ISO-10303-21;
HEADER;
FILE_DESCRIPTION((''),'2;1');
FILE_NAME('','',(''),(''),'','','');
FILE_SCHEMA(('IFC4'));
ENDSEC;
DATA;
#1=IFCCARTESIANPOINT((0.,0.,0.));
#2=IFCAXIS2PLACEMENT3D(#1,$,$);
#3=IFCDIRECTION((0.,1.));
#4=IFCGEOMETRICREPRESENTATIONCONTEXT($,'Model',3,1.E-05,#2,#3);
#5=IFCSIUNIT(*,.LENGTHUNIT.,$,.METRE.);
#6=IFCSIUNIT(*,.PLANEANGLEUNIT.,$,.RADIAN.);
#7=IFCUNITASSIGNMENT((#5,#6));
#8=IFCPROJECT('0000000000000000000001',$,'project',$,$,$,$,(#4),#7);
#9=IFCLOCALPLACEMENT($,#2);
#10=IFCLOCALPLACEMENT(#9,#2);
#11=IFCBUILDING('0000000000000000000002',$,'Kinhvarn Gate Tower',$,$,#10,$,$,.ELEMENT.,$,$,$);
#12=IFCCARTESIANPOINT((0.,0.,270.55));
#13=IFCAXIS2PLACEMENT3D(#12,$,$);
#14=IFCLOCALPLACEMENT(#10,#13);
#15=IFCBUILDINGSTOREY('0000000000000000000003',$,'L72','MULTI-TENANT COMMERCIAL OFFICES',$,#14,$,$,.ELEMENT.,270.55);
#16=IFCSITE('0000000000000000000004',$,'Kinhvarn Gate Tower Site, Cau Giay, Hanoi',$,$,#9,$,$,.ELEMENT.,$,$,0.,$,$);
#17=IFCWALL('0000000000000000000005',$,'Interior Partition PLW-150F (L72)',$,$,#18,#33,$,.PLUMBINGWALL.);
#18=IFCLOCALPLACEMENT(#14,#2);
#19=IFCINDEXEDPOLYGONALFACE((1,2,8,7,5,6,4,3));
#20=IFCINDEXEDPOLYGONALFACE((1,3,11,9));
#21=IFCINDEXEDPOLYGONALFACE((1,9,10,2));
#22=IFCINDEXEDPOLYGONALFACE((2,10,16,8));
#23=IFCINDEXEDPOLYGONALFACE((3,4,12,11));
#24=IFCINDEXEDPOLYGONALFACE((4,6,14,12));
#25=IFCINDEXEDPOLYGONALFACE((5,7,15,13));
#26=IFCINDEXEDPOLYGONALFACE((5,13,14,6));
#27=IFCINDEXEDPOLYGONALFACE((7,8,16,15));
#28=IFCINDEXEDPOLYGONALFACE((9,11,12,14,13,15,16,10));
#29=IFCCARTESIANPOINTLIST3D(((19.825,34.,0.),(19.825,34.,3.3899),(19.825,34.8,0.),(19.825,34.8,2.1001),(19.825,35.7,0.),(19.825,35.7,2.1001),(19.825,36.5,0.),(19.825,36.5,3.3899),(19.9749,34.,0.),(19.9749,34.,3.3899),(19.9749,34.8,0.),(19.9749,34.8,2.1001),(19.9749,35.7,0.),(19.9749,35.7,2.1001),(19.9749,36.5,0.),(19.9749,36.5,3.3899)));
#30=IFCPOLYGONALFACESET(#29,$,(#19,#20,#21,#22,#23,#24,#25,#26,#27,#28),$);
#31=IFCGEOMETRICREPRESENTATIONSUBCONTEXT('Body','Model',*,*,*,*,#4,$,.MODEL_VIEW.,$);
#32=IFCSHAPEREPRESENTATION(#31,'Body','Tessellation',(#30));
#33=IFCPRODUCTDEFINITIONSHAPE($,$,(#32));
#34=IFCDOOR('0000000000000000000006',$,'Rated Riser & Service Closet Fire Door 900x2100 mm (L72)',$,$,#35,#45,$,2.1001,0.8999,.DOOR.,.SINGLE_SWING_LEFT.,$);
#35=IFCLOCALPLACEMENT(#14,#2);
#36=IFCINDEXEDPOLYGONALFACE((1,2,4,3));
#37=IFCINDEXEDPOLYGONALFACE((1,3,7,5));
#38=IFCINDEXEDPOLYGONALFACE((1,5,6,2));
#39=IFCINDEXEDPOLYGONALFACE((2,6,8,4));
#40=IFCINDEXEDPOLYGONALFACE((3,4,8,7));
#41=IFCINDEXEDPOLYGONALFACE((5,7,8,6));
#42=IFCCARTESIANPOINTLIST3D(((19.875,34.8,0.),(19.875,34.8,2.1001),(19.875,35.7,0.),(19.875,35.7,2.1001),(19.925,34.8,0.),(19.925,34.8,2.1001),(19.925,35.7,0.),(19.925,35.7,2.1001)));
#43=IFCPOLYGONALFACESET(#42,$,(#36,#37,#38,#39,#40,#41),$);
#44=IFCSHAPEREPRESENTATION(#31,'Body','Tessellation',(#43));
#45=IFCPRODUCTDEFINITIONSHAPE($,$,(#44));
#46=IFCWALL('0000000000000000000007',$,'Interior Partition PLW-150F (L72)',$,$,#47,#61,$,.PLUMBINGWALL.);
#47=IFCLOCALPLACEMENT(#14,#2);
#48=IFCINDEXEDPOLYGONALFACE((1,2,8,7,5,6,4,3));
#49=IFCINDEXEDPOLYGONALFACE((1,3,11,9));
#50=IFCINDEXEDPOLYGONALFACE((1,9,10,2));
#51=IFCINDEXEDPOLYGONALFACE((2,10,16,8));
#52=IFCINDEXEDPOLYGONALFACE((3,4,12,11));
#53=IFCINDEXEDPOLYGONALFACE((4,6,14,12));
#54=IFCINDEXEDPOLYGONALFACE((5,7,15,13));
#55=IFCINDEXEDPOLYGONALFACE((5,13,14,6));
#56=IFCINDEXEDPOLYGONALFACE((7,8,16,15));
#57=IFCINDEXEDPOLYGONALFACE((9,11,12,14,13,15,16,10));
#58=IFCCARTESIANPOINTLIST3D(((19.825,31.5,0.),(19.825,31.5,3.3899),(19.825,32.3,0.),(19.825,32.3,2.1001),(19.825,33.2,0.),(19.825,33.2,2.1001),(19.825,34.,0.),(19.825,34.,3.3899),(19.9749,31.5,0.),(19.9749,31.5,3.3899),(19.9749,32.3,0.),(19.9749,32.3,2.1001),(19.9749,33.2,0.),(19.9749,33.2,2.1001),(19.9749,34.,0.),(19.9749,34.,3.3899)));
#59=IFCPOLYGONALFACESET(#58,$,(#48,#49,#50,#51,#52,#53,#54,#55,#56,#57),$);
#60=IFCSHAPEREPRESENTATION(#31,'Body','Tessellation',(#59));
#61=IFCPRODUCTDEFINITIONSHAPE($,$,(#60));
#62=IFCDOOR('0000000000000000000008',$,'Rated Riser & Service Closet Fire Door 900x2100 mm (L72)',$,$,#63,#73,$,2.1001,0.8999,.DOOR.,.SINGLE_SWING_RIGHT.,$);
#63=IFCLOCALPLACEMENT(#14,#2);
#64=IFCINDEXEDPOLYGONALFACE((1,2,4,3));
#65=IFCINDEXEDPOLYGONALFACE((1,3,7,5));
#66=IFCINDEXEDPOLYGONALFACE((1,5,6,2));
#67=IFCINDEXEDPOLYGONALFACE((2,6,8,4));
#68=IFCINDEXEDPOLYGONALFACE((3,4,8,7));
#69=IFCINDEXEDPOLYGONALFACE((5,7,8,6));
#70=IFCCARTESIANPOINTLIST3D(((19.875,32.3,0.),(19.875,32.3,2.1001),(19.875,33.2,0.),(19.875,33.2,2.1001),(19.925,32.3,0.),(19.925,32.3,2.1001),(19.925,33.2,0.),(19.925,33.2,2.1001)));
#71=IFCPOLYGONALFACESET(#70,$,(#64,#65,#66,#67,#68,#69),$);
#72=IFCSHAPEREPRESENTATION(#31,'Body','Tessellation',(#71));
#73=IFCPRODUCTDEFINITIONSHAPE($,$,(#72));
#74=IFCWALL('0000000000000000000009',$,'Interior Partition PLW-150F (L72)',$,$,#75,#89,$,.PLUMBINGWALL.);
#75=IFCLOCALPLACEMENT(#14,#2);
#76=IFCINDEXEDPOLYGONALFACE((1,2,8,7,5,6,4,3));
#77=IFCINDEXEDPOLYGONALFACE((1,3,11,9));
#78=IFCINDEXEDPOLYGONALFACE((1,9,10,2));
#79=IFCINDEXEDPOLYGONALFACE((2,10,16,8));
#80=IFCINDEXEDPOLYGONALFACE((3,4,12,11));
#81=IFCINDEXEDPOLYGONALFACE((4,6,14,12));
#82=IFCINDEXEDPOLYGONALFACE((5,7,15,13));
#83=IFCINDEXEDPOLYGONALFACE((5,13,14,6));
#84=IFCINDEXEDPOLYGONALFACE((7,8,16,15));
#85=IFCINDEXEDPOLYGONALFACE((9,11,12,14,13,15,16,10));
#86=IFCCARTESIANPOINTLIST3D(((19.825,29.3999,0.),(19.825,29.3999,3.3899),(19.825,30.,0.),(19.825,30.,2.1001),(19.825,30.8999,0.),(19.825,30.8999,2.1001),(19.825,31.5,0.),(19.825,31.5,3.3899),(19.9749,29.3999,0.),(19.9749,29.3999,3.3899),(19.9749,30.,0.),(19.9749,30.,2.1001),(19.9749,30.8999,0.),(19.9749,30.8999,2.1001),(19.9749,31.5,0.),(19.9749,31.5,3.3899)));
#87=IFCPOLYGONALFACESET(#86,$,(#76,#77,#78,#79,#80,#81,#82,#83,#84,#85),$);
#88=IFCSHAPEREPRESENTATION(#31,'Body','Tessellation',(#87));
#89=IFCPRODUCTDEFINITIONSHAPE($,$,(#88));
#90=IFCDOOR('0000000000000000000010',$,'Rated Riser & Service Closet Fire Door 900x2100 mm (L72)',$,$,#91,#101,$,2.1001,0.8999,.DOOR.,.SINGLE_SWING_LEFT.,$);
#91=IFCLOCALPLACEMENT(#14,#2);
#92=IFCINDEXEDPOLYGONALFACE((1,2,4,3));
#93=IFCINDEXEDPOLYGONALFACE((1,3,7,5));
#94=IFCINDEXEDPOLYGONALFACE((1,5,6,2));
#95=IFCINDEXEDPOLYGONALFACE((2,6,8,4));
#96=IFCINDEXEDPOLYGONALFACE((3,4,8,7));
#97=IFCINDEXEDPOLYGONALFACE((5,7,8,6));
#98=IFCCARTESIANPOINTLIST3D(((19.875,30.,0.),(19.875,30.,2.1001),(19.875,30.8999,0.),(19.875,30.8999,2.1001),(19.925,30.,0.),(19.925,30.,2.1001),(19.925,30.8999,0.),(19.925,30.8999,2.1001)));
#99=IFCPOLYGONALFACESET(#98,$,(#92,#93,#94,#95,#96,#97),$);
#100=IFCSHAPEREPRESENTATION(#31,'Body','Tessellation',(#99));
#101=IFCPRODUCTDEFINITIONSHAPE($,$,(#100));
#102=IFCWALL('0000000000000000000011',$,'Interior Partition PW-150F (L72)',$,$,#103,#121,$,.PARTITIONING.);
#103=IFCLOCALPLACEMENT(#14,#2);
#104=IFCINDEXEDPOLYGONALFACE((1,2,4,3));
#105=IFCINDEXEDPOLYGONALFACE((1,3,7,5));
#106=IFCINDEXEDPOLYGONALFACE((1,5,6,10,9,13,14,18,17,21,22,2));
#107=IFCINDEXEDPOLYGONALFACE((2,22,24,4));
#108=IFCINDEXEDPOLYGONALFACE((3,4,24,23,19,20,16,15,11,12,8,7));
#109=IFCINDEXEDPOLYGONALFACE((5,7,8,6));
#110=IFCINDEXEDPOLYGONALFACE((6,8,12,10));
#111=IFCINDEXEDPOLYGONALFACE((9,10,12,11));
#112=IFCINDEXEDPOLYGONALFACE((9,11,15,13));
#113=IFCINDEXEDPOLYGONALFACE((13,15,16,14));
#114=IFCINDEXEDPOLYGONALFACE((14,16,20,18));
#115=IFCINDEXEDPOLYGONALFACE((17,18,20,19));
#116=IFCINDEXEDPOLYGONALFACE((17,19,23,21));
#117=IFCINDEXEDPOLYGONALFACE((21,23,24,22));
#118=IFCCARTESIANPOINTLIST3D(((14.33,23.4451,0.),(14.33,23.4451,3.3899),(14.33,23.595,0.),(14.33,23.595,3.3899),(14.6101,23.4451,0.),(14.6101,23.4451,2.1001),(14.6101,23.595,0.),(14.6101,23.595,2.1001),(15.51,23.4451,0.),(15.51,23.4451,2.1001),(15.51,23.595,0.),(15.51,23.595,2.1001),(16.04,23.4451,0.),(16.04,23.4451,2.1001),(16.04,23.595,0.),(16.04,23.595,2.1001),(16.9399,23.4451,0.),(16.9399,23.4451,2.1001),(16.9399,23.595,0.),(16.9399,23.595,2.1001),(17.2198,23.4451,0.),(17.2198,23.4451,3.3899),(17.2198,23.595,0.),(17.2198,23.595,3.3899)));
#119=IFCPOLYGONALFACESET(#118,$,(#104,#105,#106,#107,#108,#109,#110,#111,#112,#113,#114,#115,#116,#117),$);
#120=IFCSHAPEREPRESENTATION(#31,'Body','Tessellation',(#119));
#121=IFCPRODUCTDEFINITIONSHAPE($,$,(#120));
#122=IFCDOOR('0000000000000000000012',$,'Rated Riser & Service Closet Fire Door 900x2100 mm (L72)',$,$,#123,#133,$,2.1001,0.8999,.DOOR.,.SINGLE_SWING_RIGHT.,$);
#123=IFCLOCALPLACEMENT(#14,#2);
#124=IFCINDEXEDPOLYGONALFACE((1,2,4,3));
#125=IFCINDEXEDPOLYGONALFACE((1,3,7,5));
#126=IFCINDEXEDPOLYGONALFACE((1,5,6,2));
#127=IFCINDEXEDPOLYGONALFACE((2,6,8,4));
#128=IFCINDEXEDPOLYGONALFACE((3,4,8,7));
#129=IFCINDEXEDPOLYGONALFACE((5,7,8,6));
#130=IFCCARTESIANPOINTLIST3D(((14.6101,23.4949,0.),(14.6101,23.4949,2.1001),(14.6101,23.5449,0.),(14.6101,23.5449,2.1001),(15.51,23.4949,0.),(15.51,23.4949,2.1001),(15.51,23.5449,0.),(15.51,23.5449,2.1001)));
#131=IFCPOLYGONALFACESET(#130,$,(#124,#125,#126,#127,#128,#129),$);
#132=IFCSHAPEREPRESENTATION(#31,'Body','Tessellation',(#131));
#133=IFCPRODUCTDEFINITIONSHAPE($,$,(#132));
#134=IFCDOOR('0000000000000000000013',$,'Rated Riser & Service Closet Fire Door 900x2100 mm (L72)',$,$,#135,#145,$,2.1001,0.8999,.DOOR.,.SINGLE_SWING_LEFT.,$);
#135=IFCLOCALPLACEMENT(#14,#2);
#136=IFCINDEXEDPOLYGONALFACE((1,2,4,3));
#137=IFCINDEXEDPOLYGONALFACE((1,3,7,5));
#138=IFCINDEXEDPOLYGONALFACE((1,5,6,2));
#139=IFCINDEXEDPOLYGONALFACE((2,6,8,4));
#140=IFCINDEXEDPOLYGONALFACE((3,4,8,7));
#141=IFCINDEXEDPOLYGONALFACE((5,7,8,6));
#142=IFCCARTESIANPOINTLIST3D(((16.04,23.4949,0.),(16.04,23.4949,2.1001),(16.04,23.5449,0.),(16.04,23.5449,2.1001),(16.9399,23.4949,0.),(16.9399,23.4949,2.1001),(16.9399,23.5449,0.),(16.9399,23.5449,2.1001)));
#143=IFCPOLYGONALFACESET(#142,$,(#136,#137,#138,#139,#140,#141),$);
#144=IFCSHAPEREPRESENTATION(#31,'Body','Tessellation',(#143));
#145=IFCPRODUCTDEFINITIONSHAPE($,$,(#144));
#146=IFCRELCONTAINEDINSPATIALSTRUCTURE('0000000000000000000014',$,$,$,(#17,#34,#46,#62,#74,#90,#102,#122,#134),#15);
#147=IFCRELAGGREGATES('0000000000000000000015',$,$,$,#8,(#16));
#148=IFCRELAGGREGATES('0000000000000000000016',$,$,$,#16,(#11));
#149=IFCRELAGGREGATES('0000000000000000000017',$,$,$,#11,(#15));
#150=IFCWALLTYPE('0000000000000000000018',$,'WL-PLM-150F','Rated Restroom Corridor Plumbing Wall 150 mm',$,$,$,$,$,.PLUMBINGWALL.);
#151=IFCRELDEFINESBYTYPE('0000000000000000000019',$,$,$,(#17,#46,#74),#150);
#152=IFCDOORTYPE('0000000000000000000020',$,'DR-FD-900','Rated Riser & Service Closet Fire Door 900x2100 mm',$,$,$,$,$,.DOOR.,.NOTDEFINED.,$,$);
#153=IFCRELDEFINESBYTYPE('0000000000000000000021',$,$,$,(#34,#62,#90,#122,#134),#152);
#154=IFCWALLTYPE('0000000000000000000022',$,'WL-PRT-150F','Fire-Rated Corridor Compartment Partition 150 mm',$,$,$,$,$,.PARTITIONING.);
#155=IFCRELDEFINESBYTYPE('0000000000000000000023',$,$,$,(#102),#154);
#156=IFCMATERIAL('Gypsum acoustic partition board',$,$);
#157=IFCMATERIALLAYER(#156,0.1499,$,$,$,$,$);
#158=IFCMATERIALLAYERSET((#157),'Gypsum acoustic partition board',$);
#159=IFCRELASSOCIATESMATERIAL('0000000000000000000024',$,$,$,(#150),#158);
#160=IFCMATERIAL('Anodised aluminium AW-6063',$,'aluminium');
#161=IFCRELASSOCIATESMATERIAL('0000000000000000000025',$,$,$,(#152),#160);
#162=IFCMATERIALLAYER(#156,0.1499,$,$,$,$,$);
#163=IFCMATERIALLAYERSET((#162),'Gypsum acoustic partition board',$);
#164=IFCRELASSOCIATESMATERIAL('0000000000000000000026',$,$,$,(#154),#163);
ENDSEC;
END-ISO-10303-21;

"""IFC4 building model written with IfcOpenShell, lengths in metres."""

from ifc_helpers import new_model, si_unit, direction, frame, frame_2d, origin, place, context, subcontext, project, spatial, rectangle, extrude, material, layer, layer_set, type_object, element, fill, save


model = new_model("IFC4")

# Units and contexts
model_context = context("Model", 3, precision=1e-05, world=origin(), true_north=direction((0.0, 1.0)))
body_context = subcontext(model_context, "Body", "Model", "MODEL_VIEW")
ifc_project = project(units=[si_unit("LENGTHUNIT", "METRE"), si_unit("PLANEANGLEUNIT", "RADIAN")], contexts=[model_context])

# Site, building, storey
site_placement = place(None, origin())
site = spatial("IfcSite", under=ifc_project, at=site_placement, Name="Kinhvarn Gate Tower Site, Cau Giay, Hanoi", CompositionType="ELEMENT", RefElevation=0.0)
building_placement = place(site_placement, origin())
building = spatial("IfcBuilding", under=site, at=building_placement, Name="Kinhvarn Gate Tower", CompositionType="ELEMENT")
storey_placement = place(building_placement, frame((0.0, 0.0, 270.55)))
storey = spatial("IfcBuildingStorey", under=building, at=storey_placement, Name="L72", Description="MULTI-TENANT COMMERCIAL OFFICES", CompositionType="ELEMENT", Elevation=270.55)

# Shared definitions
ifc_material_1 = material(Name="Anodised aluminium AW-6063", Category="aluminium")

# Shared definitions
ifc_material_2 = material(Name="Gypsum acoustic partition board")

# Walls, openings, doors
ifc_layer_1 = layer(ifc_material_2, 0.1499)
ifc_layer_set_1 = layer_set([ifc_layer_1], Name="Gypsum acoustic partition board")
wall_type_1 = type_object("IfcWallType", Name="WL-PLM-150F", Description="Rated Restroom Corridor Plumbing Wall 150 mm", PredefinedType="PLUMBINGWALL", material=ifc_layer_set_1)
wall_1_placement = place(storey_placement, frame((19.8999, 34.0, 0.0), z_axis=(0.0, 0.0, 1.0), x_axis=(0.0, 1.0, 0.0)))
wall_1 = element("IfcWall", 1, at=wall_1_placement, inside=storey, type_object=wall_type_1, Name="Interior Partition PLW-150F (L72)", PredefinedType="PLUMBINGWALL", context=body_context, shape_type="SweptSolid", body=[
    extrude(rectangle(XDim=2.5, YDim=0.1499, at=frame_2d((1.25, 0.0))), origin(), (0.0, 0.0, 1.0), 3.3899),
])
opening_1_placement = place(wall_1_placement, frame((0.8, 0.0, 0.0)))
opening_1 = element("IfcOpeningElement", 2, at=opening_1_placement, cuts=wall_1, PredefinedType="OPENING", context=body_context, shape_type="SweptSolid", body=[
    extrude(rectangle(XDim=0.8999, YDim=2.1001, at=frame_2d((0.45, 1.05))), frame((0.0, 0.085, 0.0), z_axis=(0.0, -1.0, 0.0), x_axis=(1.0, 0.0, 0.0)), (0.0, 0.0, 1.0), 0.1699),
])
door_type_1 = type_object("IfcDoorType", Name="DR-FD-900", Description="Rated Riser & Service Closet Fire Door 900x2100 mm", OperationType="NOTDEFINED", PredefinedType="DOOR", material=ifc_material_1)
door_1_placement = place(opening_1_placement, origin())
door_1 = element("IfcDoor", 3, at=door_1_placement, inside=storey, type_object=door_type_1, Name="Rated Riser & Service Closet Fire Door 900x2100 mm (L72)", OperationType="SINGLE_SWING_LEFT", OverallHeight=2.1001, OverallWidth=0.8999, PredefinedType="DOOR", context=body_context, shape_type="SweptSolid", body=[
    extrude(rectangle(XDim=0.8999, YDim=2.1001, at=frame_2d((0.45, 1.05))), frame((0.0, 0.0249, 0.0), z_axis=(0.0, -1.0, 0.0), x_axis=(1.0, 0.0, 0.0)), (0.0, 0.0, 1.0), 0.05),
])
fill(opening_1, door_1)
wall_2_placement = place(storey_placement, frame((19.8999, 31.5, 0.0), z_axis=(0.0, 0.0, 1.0), x_axis=(0.0, 1.0, 0.0)))
wall_2 = element("IfcWall", 4, at=wall_2_placement, inside=storey, type_object=wall_type_1, Name="Interior Partition PLW-150F (L72)", PredefinedType="PLUMBINGWALL", context=body_context, shape_type="SweptSolid", body=[
    extrude(rectangle(XDim=2.5, YDim=0.1499, at=frame_2d((1.25, 0.0))), origin(), (0.0, 0.0, 1.0), 3.3899),
])
opening_2_placement = place(wall_2_placement, frame((0.8, 0.0, 0.0)))
opening_2 = element("IfcOpeningElement", 5, at=opening_2_placement, cuts=wall_2, PredefinedType="OPENING", context=body_context, shape_type="SweptSolid", body=[
    extrude(rectangle(XDim=0.8999, YDim=2.1001, at=frame_2d((0.45, 1.05))), frame((0.0, 0.085, 0.0), z_axis=(0.0, -1.0, 0.0), x_axis=(1.0, 0.0, 0.0)), (0.0, 0.0, 1.0), 0.1699),
])
door_2_placement = place(opening_2_placement, origin())
door_2 = element("IfcDoor", 6, at=door_2_placement, inside=storey, type_object=door_type_1, Name="Rated Riser & Service Closet Fire Door 900x2100 mm (L72)", OperationType="SINGLE_SWING_RIGHT", OverallHeight=2.1001, OverallWidth=0.8999, PredefinedType="DOOR", context=body_context, shape_type="SweptSolid", body=[
    extrude(rectangle(XDim=0.8999, YDim=2.1001, at=frame_2d((0.45, 1.05))), frame((0.0, 0.0249, 0.0), z_axis=(0.0, -1.0, 0.0), x_axis=(1.0, 0.0, 0.0)), (0.0, 0.0, 1.0), 0.05),
])
fill(opening_2, door_2)
wall_3_placement = place(storey_placement, frame((19.8999, 29.3999, 0.0), z_axis=(0.0, 0.0, 1.0), x_axis=(0.0, 1.0, 0.0)))
wall_3 = element("IfcWall", 7, at=wall_3_placement, inside=storey, type_object=wall_type_1, Name="Interior Partition PLW-150F (L72)", PredefinedType="PLUMBINGWALL", context=body_context, shape_type="SweptSolid", body=[
    extrude(rectangle(XDim=2.1001, YDim=0.1499, at=frame_2d((1.05, 0.0))), origin(), (0.0, 0.0, 1.0), 3.3899),
])
opening_3_placement = place(wall_3_placement, frame((0.6001, 0.0, 0.0)))
opening_3 = element("IfcOpeningElement", 8, at=opening_3_placement, cuts=wall_3, PredefinedType="OPENING", context=body_context, shape_type="SweptSolid", body=[
    extrude(rectangle(XDim=0.8999, YDim=2.1001, at=frame_2d((0.45, 1.05))), frame((0.0, 0.085, 0.0), z_axis=(0.0, -1.0, 0.0), x_axis=(1.0, 0.0, 0.0)), (0.0, 0.0, 1.0), 0.1699),
])
door_3_placement = place(opening_3_placement, origin())
door_3 = element("IfcDoor", 9, at=door_3_placement, inside=storey, type_object=door_type_1, Name="Rated Riser & Service Closet Fire Door 900x2100 mm (L72)", OperationType="SINGLE_SWING_LEFT", OverallHeight=2.1001, OverallWidth=0.8999, PredefinedType="DOOR", context=body_context, shape_type="SweptSolid", body=[
    extrude(rectangle(XDim=0.8999, YDim=2.1001, at=frame_2d((0.45, 1.05))), frame((0.0, 0.0249, 0.0), z_axis=(0.0, -1.0, 0.0), x_axis=(1.0, 0.0, 0.0)), (0.0, 0.0, 1.0), 0.05),
])
fill(opening_3, door_3)

# Wall, openings, doors
ifc_layer_2 = layer(ifc_material_2, 0.1499)
ifc_layer_set_2 = layer_set([ifc_layer_2], Name="Gypsum acoustic partition board")
wall_type_2 = type_object("IfcWallType", Name="WL-PRT-150F", Description="Fire-Rated Corridor Compartment Partition 150 mm", PredefinedType="PARTITIONING", material=ifc_layer_set_2)
wall_4_placement = place(storey_placement, frame((14.3301, 23.52, 0.0), z_axis=(0.0, 0.0, 1.0), x_axis=(1.0, 0.0, 0.0)))
wall_4 = element("IfcWall", 10, at=wall_4_placement, inside=storey, type_object=wall_type_2, Name="Interior Partition PW-150F (L72)", PredefinedType="PARTITIONING", context=body_context, shape_type="SweptSolid", body=[
    extrude(rectangle(XDim=2.8899, YDim=0.1499, at=frame_2d((1.4448, 0.0))), origin(), (0.0, 0.0, 1.0), 3.3899),
])
opening_4_placement = place(wall_4_placement, frame((0.28, 0.0, 0.0)))
opening_4 = element("IfcOpeningElement", 11, at=opening_4_placement, cuts=wall_4, PredefinedType="OPENING", context=body_context, shape_type="SweptSolid", body=[
    extrude(rectangle(XDim=0.8999, YDim=2.1001, at=frame_2d((0.45, 1.05))), frame((0.0, 0.085, 0.0), z_axis=(0.0, -1.0, 0.0), x_axis=(1.0, 0.0, 0.0)), (0.0, 0.0, 1.0), 0.1699),
])
opening_5_placement = place(wall_4_placement, frame((1.71, 0.0, 0.0)))
opening_5 = element("IfcOpeningElement", 12, at=opening_5_placement, cuts=wall_4, PredefinedType="OPENING", context=body_context, shape_type="SweptSolid", body=[
    extrude(rectangle(XDim=0.8999, YDim=2.1001, at=frame_2d((0.45, 1.05))), frame((0.0, 0.085, 0.0), z_axis=(0.0, -1.0, 0.0), x_axis=(1.0, 0.0, 0.0)), (0.0, 0.0, 1.0), 0.1699),
])
door_4_placement = place(opening_4_placement, origin())
door_4 = element("IfcDoor", 13, at=door_4_placement, inside=storey, type_object=door_type_1, Name="Rated Riser & Service Closet Fire Door 900x2100 mm (L72)", OperationType="SINGLE_SWING_RIGHT", OverallHeight=2.1001, OverallWidth=0.8999, PredefinedType="DOOR", context=body_context, shape_type="SweptSolid", body=[
    extrude(rectangle(XDim=0.8999, YDim=2.1001, at=frame_2d((0.45, 1.05))), frame((0.0, 0.0249, 0.0), z_axis=(0.0, -1.0, 0.0), x_axis=(1.0, 0.0, 0.0)), (0.0, 0.0, 1.0), 0.05),
])
fill(opening_4, door_4)
door_5_placement = place(opening_5_placement, origin())
door_5 = element("IfcDoor", 14, at=door_5_placement, inside=storey, type_object=door_type_1, Name="Rated Riser & Service Closet Fire Door 900x2100 mm (L72)", OperationType="SINGLE_SWING_LEFT", OverallHeight=2.1001, OverallWidth=0.8999, PredefinedType="DOOR", context=body_context, shape_type="SweptSolid", body=[
    extrude(rectangle(XDim=0.8999, YDim=2.1001, at=frame_2d((0.45, 1.05))), frame((0.0, 0.0249, 0.0), z_axis=(0.0, -1.0, 0.0), x_axis=(1.0, 0.0, 0.0)), (0.0, 0.0, 1.0), 0.05),
])
fill(opening_5, door_5)

save(model, "model.ifc")
